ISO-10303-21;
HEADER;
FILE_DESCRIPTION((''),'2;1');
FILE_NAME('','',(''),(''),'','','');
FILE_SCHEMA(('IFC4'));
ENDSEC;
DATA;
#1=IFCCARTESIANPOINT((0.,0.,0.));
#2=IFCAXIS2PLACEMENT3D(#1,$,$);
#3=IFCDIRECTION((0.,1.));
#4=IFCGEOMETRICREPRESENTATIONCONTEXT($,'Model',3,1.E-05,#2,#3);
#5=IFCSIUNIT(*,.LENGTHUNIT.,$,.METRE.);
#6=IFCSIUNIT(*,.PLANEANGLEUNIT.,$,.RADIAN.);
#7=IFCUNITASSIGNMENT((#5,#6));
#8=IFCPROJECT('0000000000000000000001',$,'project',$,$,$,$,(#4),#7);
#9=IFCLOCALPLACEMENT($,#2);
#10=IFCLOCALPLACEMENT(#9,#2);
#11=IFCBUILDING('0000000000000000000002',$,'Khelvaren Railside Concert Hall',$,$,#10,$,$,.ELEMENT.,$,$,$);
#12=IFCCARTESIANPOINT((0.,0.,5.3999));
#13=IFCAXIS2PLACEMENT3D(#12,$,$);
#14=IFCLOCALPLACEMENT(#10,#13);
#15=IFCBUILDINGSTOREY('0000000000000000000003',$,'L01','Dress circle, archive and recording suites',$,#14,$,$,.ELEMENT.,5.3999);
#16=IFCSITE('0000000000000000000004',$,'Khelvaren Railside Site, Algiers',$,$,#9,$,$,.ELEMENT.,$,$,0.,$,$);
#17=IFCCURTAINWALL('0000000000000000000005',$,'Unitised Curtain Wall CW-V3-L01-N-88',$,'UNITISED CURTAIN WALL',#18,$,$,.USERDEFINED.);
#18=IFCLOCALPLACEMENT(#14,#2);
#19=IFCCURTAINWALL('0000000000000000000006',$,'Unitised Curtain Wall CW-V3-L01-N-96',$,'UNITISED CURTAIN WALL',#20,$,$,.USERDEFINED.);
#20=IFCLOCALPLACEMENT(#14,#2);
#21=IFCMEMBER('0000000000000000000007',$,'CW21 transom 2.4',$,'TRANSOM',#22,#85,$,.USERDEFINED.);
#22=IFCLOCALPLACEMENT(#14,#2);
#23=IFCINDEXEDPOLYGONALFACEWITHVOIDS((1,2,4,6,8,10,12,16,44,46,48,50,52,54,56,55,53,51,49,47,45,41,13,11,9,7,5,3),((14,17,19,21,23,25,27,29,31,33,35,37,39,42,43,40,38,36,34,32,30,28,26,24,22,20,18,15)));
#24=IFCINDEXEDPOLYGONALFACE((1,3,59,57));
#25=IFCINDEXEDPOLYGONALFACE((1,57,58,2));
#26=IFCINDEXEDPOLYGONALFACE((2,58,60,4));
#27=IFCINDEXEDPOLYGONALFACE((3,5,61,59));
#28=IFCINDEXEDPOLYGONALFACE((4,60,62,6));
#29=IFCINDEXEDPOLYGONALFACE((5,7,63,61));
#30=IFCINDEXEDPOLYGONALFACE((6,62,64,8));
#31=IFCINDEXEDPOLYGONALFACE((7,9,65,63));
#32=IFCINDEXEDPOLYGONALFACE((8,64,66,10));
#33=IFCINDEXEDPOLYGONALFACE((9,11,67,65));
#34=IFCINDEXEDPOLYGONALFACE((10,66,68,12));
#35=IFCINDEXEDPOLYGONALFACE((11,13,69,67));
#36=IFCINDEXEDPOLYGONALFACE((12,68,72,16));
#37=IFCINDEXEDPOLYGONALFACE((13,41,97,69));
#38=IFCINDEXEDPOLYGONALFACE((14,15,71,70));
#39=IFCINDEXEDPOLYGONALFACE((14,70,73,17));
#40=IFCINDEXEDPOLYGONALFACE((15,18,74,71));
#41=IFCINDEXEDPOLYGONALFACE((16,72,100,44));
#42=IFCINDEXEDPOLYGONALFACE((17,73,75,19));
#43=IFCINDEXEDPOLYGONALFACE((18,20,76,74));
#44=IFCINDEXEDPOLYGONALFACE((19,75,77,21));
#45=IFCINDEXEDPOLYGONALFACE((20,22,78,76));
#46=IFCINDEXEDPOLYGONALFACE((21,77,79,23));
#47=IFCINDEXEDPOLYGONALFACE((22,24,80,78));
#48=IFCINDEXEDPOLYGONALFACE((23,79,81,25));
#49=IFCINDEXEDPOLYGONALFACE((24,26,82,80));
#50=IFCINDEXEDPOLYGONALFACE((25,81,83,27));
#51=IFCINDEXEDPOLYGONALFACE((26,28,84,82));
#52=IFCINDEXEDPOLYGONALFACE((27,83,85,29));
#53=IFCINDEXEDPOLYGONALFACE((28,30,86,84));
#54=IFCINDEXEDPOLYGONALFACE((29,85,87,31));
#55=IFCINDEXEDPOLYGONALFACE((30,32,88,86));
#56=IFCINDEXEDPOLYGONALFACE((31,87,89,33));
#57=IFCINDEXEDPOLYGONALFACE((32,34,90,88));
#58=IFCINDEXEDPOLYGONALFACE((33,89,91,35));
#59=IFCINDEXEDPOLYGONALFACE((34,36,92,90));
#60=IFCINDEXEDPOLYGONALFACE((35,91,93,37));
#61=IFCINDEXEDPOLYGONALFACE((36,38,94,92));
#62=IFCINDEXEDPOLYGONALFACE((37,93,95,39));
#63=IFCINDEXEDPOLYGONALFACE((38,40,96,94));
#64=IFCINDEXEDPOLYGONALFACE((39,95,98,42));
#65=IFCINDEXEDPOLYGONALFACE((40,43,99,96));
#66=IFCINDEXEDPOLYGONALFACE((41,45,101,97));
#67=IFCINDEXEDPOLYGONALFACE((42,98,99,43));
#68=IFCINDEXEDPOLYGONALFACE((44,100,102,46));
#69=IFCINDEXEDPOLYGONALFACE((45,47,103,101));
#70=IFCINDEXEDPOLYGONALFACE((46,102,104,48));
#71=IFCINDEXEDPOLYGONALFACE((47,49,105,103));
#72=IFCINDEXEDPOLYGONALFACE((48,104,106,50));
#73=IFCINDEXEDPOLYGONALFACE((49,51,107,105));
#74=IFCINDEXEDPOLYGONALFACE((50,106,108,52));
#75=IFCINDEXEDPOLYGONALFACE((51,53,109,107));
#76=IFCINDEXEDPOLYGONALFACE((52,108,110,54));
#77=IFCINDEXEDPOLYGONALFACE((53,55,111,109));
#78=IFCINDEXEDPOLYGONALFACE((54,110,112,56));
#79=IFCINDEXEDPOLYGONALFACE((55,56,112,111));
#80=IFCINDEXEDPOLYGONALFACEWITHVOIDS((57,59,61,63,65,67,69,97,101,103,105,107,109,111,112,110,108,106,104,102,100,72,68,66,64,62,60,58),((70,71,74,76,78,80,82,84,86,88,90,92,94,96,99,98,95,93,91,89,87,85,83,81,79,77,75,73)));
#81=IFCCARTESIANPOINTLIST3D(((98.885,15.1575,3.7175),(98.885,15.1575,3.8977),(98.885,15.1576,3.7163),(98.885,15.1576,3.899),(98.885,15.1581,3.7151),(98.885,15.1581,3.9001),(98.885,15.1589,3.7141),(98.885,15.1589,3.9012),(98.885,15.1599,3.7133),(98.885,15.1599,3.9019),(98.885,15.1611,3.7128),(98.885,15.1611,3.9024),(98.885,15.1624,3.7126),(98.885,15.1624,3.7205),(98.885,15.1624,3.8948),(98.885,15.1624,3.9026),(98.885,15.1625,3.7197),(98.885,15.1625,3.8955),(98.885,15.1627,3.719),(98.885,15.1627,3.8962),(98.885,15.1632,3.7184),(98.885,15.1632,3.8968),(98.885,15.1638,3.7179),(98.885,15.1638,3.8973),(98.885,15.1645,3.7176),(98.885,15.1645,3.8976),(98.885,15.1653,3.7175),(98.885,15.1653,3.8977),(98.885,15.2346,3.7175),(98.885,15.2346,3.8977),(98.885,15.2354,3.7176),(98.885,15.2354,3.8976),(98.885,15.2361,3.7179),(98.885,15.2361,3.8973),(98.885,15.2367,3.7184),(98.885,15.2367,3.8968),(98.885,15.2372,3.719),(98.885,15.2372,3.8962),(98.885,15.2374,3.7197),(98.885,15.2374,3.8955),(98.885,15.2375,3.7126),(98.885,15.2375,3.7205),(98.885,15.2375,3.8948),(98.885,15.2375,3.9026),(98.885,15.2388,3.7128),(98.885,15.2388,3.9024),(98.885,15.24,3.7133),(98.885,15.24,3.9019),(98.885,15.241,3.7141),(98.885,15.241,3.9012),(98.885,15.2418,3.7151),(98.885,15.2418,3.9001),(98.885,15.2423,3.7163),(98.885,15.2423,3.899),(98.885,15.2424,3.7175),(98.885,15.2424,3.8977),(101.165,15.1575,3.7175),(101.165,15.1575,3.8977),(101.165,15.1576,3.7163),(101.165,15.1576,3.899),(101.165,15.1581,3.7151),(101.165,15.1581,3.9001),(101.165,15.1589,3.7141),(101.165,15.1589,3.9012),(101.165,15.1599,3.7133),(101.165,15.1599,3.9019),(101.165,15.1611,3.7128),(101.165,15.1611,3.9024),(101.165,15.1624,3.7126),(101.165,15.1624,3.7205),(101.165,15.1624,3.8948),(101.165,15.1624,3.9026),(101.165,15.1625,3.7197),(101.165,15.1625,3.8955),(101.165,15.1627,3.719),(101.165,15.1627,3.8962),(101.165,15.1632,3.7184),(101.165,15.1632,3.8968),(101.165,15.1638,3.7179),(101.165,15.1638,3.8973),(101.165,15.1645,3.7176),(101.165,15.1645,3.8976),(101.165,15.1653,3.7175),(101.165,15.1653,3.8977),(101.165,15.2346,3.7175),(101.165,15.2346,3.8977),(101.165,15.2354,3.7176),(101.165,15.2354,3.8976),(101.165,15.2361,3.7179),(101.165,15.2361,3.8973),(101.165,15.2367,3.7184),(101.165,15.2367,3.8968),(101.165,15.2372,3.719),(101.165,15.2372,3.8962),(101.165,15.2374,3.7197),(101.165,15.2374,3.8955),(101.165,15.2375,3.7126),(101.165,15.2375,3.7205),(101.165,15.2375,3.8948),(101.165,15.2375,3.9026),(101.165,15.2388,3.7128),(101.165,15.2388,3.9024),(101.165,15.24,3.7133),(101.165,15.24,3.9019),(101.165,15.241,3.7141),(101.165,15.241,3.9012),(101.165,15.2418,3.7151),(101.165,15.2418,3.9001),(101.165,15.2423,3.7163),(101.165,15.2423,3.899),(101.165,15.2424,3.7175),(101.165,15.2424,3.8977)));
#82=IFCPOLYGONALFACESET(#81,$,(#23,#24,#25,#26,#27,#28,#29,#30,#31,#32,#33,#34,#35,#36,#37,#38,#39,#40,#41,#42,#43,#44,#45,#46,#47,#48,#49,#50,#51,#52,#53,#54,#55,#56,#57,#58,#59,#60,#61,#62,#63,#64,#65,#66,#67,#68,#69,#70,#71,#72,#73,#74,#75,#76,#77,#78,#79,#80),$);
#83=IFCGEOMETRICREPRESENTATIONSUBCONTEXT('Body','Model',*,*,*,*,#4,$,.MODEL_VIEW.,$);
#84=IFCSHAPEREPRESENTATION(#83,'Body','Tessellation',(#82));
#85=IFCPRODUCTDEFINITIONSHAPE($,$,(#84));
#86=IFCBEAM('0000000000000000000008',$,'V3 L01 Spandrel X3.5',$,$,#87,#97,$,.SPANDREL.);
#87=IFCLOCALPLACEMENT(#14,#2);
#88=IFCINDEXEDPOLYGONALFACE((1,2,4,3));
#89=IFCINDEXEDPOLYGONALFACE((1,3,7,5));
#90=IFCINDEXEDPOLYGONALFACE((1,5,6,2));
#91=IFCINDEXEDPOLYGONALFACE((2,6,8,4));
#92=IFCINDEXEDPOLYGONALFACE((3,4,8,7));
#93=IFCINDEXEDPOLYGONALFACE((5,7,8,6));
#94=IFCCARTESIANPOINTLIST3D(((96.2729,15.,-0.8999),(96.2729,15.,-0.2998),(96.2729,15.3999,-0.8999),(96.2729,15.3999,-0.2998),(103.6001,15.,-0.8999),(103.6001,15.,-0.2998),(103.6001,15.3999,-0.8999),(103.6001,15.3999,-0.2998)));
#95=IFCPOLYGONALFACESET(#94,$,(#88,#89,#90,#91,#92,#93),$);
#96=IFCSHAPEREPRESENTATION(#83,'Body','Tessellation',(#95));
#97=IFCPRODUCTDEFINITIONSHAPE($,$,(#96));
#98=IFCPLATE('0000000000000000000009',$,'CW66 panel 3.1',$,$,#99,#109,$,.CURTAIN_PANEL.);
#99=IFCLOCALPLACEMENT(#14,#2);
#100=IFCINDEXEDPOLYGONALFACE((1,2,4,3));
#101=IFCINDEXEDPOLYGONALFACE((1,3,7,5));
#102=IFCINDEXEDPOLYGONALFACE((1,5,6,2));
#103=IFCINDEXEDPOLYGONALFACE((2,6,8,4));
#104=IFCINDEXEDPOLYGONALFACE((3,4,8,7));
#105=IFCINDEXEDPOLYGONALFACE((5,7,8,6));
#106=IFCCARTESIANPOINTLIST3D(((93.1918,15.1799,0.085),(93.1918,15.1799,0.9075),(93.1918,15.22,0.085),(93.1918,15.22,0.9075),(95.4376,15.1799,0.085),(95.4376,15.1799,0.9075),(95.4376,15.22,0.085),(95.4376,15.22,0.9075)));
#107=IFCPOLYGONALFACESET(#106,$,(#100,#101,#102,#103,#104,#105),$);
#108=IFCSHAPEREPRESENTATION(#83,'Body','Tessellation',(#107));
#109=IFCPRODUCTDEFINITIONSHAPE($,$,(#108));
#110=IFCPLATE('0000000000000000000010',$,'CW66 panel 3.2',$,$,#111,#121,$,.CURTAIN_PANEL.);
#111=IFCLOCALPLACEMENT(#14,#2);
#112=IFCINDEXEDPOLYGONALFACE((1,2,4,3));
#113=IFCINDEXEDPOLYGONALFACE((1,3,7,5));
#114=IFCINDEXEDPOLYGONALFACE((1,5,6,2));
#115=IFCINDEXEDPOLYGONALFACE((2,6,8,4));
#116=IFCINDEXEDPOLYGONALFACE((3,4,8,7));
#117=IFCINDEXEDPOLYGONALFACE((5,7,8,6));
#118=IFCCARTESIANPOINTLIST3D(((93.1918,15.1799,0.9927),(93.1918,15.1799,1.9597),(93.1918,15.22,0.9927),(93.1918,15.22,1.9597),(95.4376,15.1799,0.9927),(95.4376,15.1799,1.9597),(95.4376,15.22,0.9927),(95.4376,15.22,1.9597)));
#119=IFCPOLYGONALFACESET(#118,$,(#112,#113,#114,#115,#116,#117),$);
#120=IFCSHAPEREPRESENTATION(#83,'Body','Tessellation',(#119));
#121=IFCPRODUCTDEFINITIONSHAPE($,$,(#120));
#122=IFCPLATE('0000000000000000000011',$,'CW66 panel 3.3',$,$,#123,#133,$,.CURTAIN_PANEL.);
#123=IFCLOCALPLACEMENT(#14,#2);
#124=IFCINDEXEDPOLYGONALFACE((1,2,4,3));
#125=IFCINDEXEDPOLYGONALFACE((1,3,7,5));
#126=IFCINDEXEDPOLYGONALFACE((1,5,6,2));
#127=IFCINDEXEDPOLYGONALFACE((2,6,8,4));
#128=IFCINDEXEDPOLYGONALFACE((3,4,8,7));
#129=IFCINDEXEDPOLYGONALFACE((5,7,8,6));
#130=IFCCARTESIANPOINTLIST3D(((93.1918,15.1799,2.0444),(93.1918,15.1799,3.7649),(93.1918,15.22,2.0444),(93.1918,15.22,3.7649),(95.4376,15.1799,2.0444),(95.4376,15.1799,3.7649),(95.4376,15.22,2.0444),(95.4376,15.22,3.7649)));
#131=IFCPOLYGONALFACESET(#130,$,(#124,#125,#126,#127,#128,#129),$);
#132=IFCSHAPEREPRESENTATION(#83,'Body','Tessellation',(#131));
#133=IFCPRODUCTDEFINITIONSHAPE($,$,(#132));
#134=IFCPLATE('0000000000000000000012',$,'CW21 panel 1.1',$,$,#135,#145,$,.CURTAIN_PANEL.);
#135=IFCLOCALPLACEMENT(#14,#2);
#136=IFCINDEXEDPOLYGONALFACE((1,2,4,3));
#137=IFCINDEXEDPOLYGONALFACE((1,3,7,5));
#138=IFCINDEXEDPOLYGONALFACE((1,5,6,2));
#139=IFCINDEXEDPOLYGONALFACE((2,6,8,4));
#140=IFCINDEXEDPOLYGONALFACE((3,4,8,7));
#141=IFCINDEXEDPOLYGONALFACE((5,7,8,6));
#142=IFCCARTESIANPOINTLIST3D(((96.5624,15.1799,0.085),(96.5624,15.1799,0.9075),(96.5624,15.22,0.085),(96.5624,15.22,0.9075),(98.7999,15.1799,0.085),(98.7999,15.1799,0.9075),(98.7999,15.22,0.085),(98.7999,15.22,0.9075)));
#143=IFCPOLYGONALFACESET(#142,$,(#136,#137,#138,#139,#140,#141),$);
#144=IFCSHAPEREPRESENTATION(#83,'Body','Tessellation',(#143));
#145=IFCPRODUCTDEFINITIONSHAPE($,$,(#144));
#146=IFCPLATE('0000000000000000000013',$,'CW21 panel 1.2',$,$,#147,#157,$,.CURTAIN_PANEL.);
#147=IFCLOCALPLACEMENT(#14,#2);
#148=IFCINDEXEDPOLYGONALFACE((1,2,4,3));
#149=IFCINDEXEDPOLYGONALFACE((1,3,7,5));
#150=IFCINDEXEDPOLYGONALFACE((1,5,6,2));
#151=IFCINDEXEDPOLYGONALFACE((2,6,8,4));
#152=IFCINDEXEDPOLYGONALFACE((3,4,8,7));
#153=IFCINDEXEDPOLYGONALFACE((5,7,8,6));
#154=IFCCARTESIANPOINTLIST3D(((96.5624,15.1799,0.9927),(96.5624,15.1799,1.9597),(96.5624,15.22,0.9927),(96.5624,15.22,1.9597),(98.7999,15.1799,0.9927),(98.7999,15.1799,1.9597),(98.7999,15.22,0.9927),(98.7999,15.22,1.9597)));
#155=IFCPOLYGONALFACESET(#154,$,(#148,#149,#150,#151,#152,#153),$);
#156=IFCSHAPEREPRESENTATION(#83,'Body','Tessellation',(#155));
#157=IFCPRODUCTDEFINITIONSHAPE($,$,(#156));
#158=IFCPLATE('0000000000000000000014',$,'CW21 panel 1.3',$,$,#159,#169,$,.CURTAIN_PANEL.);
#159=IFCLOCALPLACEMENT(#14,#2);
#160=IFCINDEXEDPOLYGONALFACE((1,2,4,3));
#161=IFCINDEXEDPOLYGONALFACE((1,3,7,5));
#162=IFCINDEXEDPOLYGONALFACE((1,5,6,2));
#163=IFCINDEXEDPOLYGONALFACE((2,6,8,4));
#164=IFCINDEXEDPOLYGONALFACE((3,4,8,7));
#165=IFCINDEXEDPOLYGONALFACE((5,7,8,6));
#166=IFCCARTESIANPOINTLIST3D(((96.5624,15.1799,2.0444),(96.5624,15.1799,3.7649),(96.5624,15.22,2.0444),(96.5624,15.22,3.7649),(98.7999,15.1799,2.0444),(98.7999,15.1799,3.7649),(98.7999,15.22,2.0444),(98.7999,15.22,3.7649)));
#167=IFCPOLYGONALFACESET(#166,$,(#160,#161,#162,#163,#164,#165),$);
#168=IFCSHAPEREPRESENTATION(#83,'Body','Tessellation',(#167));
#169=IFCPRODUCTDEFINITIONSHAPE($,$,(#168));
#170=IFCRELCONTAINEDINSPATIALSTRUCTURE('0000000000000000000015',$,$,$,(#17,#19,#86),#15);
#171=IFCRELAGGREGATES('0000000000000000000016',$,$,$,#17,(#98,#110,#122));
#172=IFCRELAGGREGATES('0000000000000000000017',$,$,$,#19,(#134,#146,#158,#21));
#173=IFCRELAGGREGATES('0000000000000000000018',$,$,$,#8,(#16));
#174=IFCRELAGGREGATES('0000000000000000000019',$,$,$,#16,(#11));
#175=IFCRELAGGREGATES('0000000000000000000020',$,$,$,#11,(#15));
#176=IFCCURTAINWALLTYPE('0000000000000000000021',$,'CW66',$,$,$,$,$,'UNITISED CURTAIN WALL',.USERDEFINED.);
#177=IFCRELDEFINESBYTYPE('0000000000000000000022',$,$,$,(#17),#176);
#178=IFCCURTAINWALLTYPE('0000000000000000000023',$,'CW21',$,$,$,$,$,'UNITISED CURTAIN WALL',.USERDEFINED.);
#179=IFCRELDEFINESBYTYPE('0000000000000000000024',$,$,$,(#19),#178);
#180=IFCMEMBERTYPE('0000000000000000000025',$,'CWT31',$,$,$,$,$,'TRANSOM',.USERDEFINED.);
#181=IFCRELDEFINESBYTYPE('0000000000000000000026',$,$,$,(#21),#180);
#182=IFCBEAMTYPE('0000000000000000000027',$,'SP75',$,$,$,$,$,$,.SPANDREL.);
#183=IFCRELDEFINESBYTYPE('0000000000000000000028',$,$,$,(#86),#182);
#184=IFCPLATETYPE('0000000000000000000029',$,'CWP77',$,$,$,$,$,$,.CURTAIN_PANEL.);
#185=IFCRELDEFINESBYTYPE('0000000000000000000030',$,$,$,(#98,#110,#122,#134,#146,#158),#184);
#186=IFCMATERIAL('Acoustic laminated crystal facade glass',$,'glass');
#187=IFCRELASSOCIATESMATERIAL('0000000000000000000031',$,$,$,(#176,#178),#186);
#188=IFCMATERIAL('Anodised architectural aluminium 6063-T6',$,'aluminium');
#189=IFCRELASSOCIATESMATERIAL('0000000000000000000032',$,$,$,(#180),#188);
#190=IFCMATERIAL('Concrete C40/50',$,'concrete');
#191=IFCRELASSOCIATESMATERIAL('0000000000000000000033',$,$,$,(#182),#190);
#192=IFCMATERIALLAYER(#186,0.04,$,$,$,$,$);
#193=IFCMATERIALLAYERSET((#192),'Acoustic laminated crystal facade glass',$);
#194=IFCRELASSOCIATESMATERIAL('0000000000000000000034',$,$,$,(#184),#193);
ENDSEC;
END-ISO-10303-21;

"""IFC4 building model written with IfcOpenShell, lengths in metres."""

from ifc_helpers import new_model, si_unit, direction, frame, origin, origin_2d, place, context, subcontext, project, spatial, rectangle, hollow_rectangle, extrude, material, layer, layer_set, material_profile, profile_set, type_object, element, aggregate, save


model = new_model("IFC4")

# Units and contexts
model_context = context("Model", 3, precision=1e-05, world=origin(), true_north=direction((0.0, 1.0)))
body_context = subcontext(model_context, "Body", "Model", "MODEL_VIEW")
ifc_project = project(units=[si_unit("LENGTHUNIT", "METRE"), si_unit("PLANEANGLEUNIT", "RADIAN")], contexts=[model_context])

# Site, building, storey
site_placement = place(None, origin())
site = spatial("IfcSite", under=ifc_project, at=site_placement, Name="Khelvaren Railside Site, Algiers", CompositionType="ELEMENT", RefElevation=0.0)
building_placement = place(site_placement, origin())
building = spatial("IfcBuilding", under=site, at=building_placement, Name="Khelvaren Railside Concert Hall", CompositionType="ELEMENT")
storey_placement = place(building_placement, frame((0.0, 0.0, 5.3999)))
storey = spatial("IfcBuildingStorey", under=building, at=storey_placement, Name="L01", Description="Dress circle, archive and recording suites", CompositionType="ELEMENT", Elevation=5.3999)

# Shared definitions
ifc_material_1 = material(Name="Concrete C40/50", Category="concrete")

# Curtain walls
ifc_material_2 = material(Name="Acoustic laminated crystal facade glass", Category="glass")
curtain_wall_type_1 = type_object("IfcCurtainWallType", Name="CW66", ElementType="UNITISED CURTAIN WALL", PredefinedType="USERDEFINED", material=ifc_material_2)
curtain_wall_1_placement = place(storey_placement, origin())
curtain_wall_1 = element("IfcCurtainWall", 1, at=curtain_wall_1_placement, inside=storey, type_object=curtain_wall_type_1, Name="Unitised Curtain Wall CW-V3-L01-N-88", ObjectType="UNITISED CURTAIN WALL", PredefinedType="USERDEFINED")
ifc_material_3 = material(Name="Anodised architectural aluminium 6063-T6", Category="aluminium")
curtain_wall_type_2 = type_object("IfcCurtainWallType", Name="CW21", ElementType="UNITISED CURTAIN WALL", PredefinedType="USERDEFINED", material=ifc_material_2)
curtain_wall_2_placement = place(storey_placement, origin())
curtain_wall_2 = element("IfcCurtainWall", 2, at=curtain_wall_2_placement, inside=storey, type_object=curtain_wall_type_2, Name="Unitised Curtain Wall CW-V3-L01-N-96", ObjectType="UNITISED CURTAIN WALL", PredefinedType="USERDEFINED")

# Member
ifc_material_profile_1 = material_profile(ifc_material_3, hollow_rectangle(XDim=0.085, YDim=0.1899, WallThickness=0.0049, InnerFilletRadius=0.0029, OuterFilletRadius=0.0049, at=origin_2d()), Name="CWT 85x190x5")
ifc_profile_set_1 = profile_set([ifc_material_profile_1], Name="Anodised architectural aluminium 6063-T6")
member_type_1 = type_object("IfcMemberType", Name="CWT31", ElementType="TRANSOM", PredefinedType="USERDEFINED", material=ifc_profile_set_1)
member_1_placement = place(storey_placement, frame((98.885, 15.2, 3.8076), z_axis=(1.0, 0.0, 0.0), x_axis=(0.0, 1.0, 0.0)))
member_1 = element("IfcMember", 3, at=member_1_placement, type_object=member_type_1, Name="CW21 transom 2.4", ObjectType="TRANSOM", PredefinedType="USERDEFINED", context=body_context, shape_type="SweptSolid", body=[
    extrude(hollow_rectangle(XDim=0.085, YDim=0.1899, WallThickness=0.0049, InnerFilletRadius=0.0029, OuterFilletRadius=0.0049, at=origin_2d()), origin(), (0.0, 0.0, 1.0), 2.28),
])

# Beam
ifc_material_profile_2 = material_profile(ifc_material_1, rectangle(XDim=0.3999, YDim=0.6001, at=origin_2d()), Name="RCB 400x600")
ifc_profile_set_2 = profile_set([ifc_material_profile_2], Name="Concrete C40/50")
beam_type_1 = type_object("IfcBeamType", Name="SP75", PredefinedType="SPANDREL", material=ifc_profile_set_2)
beam_1_placement = place(storey_placement, frame((96.2729, 15.2, -0.5999), z_axis=(1.0, 0.0, 0.0), x_axis=(0.0, 1.0, 0.0)))
element("IfcBeam", 4, at=beam_1_placement, inside=storey, type_object=beam_type_1, Name="V3 L01 Spandrel X3.5", PredefinedType="SPANDREL", context=body_context, shape_type="SweptSolid", body=[
    extrude(rectangle(XDim=0.3999, YDim=0.6001, at=origin_2d()), origin(), (0.0, 0.0, 1.0), 7.3271),
])

# Plates
ifc_layer = layer(ifc_material_2, 0.04)
ifc_layer_set = layer_set([ifc_layer], Name="Acoustic laminated crystal facade glass")
plate_type = type_object("IfcPlateType", Name="CWP77", PredefinedType="CURTAIN_PANEL", material=ifc_layer_set)
plate_1_placement = place(storey_placement, frame((94.3147, 15.2, 0.085), z_axis=(0.0, 0.0, 1.0), x_axis=(1.0, 0.0, 0.0)))
plate_1 = element("IfcPlate", 5, at=plate_1_placement, type_object=plate_type, Name="CW66 panel 3.1", PredefinedType="CURTAIN_PANEL", context=body_context, shape_type="SweptSolid", body=[
    extrude(rectangle(XDim=2.2458, YDim=0.04, at=origin_2d()), origin(), (0.0, 0.0, 1.0), 0.8225),
])
plate_2_placement = place(storey_placement, frame((94.3147, 15.2, 0.9927), z_axis=(0.0, 0.0, 1.0), x_axis=(1.0, 0.0, 0.0)))
plate_2 = element("IfcPlate", 6, at=plate_2_placement, type_object=plate_type, Name="CW66 panel 3.2", PredefinedType="CURTAIN_PANEL", context=body_context, shape_type="SweptSolid", body=[
    extrude(rectangle(XDim=2.2458, YDim=0.04, at=origin_2d()), origin(), (0.0, 0.0, 1.0), 0.967),
])
plate_3_placement = place(storey_placement, frame((94.3147, 15.2, 2.0444), z_axis=(0.0, 0.0, 1.0), x_axis=(1.0, 0.0, 0.0)))
plate_3 = element("IfcPlate", 7, at=plate_3_placement, type_object=plate_type, Name="CW66 panel 3.3", PredefinedType="CURTAIN_PANEL", context=body_context, shape_type="SweptSolid", body=[
    extrude(rectangle(XDim=2.2458, YDim=0.04, at=origin_2d()), origin(), (0.0, 0.0, 1.0), 1.7205),
])
aggregate(curtain_wall_1, [plate_1, plate_2, plate_3])
plate_4_placement = place(storey_placement, frame((97.6812, 15.2, 0.085), z_axis=(0.0, 0.0, 1.0), x_axis=(1.0, 0.0, 0.0)))
plate_4 = element("IfcPlate", 8, at=plate_4_placement, type_object=plate_type, Name="CW21 panel 1.1", PredefinedType="CURTAIN_PANEL", context=body_context, shape_type="SweptSolid", body=[
    extrude(rectangle(XDim=2.2375, YDim=0.04, at=origin_2d()), origin(), (0.0, 0.0, 1.0), 0.8225),
])
plate_5_placement = place(storey_placement, frame((97.6812, 15.2, 0.9927), z_axis=(0.0, 0.0, 1.0), x_axis=(1.0, 0.0, 0.0)))
plate_5 = element("IfcPlate", 9, at=plate_5_placement, type_object=plate_type, Name="CW21 panel 1.2", PredefinedType="CURTAIN_PANEL", context=body_context, shape_type="SweptSolid", body=[
    extrude(rectangle(XDim=2.2375, YDim=0.04, at=origin_2d()), origin(), (0.0, 0.0, 1.0), 0.967),
])
plate_6_placement = place(storey_placement, frame((97.6812, 15.2, 2.0444), z_axis=(0.0, 0.0, 1.0), x_axis=(1.0, 0.0, 0.0)))
plate_6 = element("IfcPlate", 10, at=plate_6_placement, type_object=plate_type, Name="CW21 panel 1.3", PredefinedType="CURTAIN_PANEL", context=body_context, shape_type="SweptSolid", body=[
    extrude(rectangle(XDim=2.2375, YDim=0.04, at=origin_2d()), origin(), (0.0, 0.0, 1.0), 1.7205),
])
aggregate(curtain_wall_2, [plate_4, plate_5, plate_6, member_1])

save(model, "model.ifc")
